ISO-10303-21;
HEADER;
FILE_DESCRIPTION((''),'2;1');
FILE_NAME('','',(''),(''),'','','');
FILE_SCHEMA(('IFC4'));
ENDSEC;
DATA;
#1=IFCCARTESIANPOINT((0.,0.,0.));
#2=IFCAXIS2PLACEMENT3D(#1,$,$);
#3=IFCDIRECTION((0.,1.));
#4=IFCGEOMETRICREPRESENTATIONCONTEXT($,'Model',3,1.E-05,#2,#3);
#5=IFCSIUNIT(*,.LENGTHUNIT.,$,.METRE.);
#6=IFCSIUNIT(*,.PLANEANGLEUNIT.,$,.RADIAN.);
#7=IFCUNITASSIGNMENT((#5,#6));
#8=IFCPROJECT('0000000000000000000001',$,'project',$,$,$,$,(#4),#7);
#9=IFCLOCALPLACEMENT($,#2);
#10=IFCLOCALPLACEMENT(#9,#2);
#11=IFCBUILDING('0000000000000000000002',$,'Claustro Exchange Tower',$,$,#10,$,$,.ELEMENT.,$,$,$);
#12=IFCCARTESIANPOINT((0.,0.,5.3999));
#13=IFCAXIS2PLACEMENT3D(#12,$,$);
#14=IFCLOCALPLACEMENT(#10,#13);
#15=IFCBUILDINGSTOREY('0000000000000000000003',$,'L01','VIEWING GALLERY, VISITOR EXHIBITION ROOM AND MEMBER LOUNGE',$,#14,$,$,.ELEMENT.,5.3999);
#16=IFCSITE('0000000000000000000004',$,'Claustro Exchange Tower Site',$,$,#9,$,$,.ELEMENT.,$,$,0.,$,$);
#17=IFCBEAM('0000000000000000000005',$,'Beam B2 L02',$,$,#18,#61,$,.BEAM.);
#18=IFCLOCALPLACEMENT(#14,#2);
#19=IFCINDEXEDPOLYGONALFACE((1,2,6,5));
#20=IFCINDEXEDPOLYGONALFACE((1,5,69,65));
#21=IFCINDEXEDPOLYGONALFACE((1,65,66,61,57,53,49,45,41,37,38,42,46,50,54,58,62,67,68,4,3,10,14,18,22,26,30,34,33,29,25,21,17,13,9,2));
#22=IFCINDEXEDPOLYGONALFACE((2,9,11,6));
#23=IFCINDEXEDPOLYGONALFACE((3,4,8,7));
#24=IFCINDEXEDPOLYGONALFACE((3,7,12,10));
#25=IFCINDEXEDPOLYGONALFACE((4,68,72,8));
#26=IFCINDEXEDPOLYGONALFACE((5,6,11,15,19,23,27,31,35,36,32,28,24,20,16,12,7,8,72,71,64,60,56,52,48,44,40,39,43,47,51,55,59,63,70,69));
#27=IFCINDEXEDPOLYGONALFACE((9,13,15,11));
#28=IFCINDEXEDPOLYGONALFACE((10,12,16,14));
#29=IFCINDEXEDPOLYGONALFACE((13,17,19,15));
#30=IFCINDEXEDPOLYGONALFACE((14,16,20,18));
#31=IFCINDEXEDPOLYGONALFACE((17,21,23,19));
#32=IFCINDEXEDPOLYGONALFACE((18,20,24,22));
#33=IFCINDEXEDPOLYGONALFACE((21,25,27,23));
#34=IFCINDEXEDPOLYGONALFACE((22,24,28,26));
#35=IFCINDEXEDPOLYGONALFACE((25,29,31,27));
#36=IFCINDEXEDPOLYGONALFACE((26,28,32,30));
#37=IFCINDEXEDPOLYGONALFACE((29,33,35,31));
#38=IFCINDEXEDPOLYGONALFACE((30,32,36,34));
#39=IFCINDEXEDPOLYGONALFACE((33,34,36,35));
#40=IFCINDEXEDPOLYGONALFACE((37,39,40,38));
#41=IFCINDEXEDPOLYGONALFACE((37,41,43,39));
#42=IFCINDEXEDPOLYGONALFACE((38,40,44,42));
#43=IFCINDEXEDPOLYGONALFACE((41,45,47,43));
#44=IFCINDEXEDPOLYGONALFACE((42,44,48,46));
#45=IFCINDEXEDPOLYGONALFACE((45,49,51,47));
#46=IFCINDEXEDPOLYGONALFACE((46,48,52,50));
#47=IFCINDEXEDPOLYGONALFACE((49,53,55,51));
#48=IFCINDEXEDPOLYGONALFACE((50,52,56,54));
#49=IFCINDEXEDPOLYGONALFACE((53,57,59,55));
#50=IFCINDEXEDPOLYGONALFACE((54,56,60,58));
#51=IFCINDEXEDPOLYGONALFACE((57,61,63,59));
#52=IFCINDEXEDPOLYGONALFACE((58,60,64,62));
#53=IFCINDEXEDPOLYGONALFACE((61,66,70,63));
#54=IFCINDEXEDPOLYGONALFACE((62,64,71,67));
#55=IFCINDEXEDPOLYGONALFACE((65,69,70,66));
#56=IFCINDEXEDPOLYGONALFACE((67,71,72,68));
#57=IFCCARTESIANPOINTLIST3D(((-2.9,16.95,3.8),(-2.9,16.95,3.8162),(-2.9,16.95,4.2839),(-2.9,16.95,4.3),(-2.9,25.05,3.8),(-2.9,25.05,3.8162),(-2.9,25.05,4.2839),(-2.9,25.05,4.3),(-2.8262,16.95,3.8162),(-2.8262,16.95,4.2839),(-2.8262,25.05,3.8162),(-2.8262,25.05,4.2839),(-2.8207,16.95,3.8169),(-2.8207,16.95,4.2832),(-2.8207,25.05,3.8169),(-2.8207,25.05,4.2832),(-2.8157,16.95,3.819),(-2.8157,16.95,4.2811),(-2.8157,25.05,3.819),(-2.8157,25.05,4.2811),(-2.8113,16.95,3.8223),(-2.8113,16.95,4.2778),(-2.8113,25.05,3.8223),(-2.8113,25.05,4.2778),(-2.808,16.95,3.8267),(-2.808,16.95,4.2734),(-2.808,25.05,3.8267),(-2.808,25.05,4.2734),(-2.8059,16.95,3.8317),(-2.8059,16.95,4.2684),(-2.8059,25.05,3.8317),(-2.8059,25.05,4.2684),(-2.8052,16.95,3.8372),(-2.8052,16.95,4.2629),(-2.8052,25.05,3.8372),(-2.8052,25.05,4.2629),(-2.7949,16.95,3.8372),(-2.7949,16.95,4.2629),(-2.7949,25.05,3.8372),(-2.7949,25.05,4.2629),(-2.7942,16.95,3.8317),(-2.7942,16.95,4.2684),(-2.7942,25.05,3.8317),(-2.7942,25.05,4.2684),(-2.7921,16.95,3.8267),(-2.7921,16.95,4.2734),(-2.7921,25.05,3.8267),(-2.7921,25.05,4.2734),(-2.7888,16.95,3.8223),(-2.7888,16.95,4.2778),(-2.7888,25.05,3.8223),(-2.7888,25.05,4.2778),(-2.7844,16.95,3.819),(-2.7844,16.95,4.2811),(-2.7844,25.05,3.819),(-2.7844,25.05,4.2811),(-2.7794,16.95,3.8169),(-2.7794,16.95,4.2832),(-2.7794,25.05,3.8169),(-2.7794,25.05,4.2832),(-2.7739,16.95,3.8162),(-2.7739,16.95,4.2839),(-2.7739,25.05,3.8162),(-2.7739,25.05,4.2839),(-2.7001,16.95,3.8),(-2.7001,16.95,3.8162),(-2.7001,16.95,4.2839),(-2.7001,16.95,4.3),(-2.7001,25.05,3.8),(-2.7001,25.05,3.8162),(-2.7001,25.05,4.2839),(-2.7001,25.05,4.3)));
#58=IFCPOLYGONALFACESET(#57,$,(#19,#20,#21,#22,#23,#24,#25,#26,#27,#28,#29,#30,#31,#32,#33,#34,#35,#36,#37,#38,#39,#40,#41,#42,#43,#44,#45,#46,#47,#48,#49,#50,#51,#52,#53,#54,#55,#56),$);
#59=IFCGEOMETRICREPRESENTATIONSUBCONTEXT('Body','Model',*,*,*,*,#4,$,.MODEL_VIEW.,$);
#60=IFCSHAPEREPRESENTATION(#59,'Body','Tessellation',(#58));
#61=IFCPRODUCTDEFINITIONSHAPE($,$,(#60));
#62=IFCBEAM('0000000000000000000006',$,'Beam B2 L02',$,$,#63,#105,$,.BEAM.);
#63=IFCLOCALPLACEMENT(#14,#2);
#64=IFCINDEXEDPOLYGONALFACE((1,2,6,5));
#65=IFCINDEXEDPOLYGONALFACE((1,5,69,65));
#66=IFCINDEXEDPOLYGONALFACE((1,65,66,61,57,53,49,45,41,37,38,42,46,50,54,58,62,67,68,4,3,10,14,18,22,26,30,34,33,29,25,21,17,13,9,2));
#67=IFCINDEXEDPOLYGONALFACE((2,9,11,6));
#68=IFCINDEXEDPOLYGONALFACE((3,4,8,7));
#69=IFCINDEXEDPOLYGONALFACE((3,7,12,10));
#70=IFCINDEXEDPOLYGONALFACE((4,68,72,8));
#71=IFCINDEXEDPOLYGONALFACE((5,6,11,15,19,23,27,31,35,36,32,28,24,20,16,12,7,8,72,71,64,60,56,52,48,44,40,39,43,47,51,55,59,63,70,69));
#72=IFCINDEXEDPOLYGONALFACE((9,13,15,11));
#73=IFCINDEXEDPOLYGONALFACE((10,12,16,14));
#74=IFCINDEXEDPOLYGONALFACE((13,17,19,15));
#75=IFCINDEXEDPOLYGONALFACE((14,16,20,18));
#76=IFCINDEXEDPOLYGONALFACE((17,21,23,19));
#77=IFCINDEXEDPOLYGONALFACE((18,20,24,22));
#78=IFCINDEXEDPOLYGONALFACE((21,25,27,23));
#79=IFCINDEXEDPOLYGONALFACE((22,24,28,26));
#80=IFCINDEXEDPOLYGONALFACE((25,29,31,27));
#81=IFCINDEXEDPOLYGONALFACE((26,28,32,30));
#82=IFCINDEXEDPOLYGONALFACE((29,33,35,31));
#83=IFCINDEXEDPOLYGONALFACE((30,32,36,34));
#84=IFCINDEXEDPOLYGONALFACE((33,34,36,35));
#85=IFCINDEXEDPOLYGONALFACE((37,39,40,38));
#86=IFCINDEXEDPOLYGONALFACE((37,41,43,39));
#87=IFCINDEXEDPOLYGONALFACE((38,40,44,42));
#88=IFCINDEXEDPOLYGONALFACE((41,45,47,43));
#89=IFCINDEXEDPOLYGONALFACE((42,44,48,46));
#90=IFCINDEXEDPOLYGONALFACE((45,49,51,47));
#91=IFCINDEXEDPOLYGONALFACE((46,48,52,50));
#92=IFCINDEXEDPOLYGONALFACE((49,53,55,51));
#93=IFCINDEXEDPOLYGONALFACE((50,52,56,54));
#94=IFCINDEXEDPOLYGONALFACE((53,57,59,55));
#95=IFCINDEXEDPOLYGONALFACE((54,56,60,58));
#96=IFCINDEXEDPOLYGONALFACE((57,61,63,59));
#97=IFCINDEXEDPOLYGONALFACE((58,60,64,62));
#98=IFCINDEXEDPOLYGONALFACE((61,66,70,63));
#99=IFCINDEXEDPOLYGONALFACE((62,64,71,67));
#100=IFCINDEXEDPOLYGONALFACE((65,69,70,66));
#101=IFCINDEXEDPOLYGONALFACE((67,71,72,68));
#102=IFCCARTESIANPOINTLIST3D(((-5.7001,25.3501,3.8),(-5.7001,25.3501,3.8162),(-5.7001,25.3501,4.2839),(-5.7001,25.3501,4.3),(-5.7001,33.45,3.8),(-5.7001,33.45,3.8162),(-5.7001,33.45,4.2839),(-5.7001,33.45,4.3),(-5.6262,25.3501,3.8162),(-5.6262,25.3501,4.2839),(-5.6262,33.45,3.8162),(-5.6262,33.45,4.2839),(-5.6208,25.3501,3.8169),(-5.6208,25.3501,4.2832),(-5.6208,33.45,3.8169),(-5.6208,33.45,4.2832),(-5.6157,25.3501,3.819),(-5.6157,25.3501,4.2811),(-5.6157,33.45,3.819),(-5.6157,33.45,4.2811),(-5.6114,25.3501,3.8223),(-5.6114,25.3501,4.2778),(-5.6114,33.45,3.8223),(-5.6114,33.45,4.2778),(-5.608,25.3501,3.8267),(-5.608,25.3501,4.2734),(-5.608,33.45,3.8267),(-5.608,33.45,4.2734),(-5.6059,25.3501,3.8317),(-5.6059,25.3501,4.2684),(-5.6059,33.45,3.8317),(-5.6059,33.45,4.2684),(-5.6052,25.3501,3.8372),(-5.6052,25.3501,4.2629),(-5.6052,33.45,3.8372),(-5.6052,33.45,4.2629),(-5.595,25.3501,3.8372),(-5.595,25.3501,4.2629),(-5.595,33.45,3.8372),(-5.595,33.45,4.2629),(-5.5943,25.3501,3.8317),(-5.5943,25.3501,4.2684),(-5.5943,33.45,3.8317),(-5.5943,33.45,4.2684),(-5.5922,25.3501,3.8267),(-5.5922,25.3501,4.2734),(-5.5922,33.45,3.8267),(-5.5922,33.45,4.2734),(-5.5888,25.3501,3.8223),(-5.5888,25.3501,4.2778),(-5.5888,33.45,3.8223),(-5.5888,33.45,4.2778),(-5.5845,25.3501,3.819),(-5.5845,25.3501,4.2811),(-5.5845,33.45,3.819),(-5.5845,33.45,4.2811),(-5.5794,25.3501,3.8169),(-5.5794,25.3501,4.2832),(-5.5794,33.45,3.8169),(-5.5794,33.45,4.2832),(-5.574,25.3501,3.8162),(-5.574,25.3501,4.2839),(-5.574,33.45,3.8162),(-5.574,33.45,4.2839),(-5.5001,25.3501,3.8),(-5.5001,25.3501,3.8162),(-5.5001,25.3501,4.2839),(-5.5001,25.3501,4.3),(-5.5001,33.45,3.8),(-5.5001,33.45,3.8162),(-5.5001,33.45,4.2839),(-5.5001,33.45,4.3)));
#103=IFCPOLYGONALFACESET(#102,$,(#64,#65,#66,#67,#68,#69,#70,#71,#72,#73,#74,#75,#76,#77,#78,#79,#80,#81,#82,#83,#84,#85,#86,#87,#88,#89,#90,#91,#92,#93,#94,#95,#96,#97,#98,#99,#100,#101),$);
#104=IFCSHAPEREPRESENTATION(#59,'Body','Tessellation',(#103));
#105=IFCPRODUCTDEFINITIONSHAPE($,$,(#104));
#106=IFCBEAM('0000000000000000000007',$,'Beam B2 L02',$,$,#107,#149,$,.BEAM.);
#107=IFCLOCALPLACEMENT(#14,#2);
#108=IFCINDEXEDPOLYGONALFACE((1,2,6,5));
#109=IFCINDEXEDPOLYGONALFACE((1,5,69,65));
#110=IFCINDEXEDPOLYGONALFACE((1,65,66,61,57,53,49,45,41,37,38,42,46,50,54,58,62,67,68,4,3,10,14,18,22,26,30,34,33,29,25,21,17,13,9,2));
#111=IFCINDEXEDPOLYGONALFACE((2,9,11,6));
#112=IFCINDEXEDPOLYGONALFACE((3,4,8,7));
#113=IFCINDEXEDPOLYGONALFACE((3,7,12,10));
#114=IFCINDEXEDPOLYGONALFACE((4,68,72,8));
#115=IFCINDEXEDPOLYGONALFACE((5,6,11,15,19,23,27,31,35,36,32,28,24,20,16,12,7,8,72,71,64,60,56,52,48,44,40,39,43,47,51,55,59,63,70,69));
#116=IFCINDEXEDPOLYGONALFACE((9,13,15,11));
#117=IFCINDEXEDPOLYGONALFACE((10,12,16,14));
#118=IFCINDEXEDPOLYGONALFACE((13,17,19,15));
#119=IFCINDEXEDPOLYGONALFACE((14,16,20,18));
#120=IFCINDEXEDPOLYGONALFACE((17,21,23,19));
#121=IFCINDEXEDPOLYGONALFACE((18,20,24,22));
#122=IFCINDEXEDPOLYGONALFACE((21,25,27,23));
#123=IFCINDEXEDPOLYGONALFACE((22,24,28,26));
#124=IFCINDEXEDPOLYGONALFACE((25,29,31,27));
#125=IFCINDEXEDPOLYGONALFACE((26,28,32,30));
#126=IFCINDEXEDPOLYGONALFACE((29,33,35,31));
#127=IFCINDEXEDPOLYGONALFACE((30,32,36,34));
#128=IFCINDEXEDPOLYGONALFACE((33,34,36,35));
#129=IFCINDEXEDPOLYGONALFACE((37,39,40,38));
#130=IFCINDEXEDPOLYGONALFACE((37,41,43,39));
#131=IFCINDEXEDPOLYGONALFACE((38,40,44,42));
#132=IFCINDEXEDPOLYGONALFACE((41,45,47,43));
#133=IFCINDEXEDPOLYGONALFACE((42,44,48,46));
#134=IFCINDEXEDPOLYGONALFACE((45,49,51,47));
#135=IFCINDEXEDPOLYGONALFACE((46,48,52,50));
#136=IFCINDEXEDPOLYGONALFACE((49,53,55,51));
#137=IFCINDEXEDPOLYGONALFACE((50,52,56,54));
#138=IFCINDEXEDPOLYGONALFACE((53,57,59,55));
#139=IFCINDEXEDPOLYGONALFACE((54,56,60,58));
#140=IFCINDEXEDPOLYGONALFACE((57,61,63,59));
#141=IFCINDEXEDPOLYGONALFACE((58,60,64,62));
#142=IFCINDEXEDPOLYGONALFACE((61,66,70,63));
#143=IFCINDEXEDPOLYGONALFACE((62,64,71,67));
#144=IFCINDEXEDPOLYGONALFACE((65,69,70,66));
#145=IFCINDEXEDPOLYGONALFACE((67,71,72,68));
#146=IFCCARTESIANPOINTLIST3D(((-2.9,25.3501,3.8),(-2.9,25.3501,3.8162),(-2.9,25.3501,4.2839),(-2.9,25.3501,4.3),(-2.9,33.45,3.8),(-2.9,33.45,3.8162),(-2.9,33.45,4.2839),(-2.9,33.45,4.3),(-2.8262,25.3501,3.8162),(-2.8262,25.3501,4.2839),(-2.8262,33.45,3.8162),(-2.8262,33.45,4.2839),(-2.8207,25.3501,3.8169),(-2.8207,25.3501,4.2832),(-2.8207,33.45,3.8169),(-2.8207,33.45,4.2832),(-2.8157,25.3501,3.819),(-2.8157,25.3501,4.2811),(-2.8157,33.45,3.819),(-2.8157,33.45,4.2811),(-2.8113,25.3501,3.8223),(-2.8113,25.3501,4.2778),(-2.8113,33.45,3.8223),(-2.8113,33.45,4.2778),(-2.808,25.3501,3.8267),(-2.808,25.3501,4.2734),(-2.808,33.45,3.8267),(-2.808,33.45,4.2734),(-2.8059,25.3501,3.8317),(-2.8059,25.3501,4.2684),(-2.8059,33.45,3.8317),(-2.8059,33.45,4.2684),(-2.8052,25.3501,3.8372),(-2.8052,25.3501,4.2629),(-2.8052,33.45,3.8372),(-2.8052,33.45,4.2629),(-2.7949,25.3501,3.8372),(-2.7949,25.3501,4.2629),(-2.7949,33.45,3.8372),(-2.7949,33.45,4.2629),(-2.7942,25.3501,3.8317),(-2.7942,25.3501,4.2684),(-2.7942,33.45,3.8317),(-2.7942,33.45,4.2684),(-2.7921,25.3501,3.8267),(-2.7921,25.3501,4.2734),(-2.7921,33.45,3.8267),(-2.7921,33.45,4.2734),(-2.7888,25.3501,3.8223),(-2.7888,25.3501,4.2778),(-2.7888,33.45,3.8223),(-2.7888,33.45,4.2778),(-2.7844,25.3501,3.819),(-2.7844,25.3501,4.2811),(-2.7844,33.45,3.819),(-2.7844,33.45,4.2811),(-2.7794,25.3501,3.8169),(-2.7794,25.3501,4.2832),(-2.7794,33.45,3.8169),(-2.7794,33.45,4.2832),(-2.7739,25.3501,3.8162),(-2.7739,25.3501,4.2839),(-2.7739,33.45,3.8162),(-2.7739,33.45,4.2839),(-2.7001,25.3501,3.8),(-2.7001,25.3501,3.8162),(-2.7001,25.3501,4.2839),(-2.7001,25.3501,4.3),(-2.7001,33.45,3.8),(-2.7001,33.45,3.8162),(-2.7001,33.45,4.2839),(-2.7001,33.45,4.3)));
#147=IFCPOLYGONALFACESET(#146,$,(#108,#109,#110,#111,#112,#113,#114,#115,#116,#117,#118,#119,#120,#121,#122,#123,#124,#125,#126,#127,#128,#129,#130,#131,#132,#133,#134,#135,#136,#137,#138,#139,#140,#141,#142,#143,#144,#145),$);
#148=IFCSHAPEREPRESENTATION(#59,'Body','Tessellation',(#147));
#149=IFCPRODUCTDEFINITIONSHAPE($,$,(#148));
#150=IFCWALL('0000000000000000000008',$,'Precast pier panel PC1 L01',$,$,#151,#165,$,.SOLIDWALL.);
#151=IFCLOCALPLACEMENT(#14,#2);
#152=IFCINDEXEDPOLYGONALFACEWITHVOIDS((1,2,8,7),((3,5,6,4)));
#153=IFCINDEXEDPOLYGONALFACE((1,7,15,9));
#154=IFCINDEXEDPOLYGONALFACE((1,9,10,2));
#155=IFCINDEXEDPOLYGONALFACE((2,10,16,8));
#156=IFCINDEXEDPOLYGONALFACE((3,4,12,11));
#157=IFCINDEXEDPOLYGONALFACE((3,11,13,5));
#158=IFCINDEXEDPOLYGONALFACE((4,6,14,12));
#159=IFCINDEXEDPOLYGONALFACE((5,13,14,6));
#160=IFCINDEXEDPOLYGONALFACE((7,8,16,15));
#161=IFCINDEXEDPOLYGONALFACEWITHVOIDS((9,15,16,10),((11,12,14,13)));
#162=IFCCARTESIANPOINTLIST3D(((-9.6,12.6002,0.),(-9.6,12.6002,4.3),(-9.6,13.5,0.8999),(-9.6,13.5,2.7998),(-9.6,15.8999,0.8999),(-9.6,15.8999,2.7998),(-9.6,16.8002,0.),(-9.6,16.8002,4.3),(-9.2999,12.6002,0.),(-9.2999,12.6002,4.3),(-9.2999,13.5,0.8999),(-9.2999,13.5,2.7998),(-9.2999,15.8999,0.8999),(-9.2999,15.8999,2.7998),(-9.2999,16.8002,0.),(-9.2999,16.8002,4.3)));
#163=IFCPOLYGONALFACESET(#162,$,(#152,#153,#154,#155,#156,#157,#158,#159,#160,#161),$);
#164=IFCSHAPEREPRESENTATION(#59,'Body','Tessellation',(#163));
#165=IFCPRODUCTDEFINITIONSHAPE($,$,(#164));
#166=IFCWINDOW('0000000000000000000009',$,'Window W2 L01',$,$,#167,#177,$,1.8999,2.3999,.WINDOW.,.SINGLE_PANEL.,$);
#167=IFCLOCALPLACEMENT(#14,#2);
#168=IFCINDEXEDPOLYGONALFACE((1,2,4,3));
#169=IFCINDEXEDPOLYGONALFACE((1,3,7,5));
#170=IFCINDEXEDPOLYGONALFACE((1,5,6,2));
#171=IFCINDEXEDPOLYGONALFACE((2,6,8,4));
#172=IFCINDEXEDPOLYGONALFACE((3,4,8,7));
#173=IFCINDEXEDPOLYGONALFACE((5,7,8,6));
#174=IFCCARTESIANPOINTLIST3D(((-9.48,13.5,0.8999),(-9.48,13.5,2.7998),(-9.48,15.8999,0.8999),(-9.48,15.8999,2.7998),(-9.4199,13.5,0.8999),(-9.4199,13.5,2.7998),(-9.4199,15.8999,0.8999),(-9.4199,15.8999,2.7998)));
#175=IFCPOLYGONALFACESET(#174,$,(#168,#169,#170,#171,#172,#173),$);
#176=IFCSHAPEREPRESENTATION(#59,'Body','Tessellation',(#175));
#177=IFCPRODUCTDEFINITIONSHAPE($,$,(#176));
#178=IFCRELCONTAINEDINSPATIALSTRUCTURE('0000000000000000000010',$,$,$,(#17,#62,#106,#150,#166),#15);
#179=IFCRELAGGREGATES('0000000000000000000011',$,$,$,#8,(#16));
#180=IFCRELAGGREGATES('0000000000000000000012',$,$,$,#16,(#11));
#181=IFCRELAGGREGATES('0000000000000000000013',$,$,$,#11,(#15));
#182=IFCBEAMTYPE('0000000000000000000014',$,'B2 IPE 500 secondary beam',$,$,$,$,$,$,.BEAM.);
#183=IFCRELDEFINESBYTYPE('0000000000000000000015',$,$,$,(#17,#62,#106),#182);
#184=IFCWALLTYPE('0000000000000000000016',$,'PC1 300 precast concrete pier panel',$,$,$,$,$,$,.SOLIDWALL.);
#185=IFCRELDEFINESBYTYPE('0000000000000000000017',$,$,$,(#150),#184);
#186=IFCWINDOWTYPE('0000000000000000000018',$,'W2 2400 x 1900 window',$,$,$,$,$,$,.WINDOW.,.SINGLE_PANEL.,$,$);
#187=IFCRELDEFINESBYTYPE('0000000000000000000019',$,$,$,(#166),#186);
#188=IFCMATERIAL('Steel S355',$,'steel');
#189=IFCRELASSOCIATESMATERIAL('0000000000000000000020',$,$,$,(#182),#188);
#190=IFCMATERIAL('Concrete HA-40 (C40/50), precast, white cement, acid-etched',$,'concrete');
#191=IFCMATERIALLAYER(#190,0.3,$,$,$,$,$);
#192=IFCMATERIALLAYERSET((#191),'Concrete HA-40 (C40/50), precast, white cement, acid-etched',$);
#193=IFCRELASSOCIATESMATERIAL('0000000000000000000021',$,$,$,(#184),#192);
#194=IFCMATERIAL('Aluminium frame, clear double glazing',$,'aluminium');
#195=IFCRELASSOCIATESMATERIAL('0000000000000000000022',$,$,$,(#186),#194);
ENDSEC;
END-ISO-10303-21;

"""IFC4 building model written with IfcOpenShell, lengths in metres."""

from ifc_helpers import new_model, si_unit, direction, frame, frame_2d, origin, origin_2d, place, context, subcontext, project, spatial, rectangle, i_section, extrude, material, layer, layer_set, material_profile, profile_set, type_object, element, fill, save


model = new_model("IFC4")

# Units and contexts
model_context = context("Model", 3, precision=1e-05, world=origin(), true_north=direction((0.0, 1.0)))
body_context = subcontext(model_context, "Body", "Model", "MODEL_VIEW")
ifc_project = project(units=[si_unit("LENGTHUNIT", "METRE"), si_unit("PLANEANGLEUNIT", "RADIAN")], contexts=[model_context])

# Site, building, storey
site_placement = place(None, origin())
site = spatial("IfcSite", under=ifc_project, at=site_placement, Name="Claustro Exchange Tower Site", CompositionType="ELEMENT", RefElevation=0.0)
building_placement = place(site_placement, origin())
building = spatial("IfcBuilding", under=site, at=building_placement, Name="Claustro Exchange Tower", CompositionType="ELEMENT")
storey_placement = place(building_placement, frame((0.0, 0.0, 5.3999)))
storey = spatial("IfcBuildingStorey", under=building, at=storey_placement, Name="L01", Description="VIEWING GALLERY, VISITOR EXHIBITION ROOM AND MEMBER LOUNGE", CompositionType="ELEMENT", Elevation=5.3999)

# Beams
ifc_material_1 = material(Name="Steel S355", Category="steel")
ifc_material_profile_1 = material_profile(ifc_material_1, i_section(OverallWidth=0.2, OverallDepth=0.5, WebThickness=0.0103, FlangeThickness=0.0161, FilletRadius=0.021, at=origin_2d()), Name="IPE 500")
ifc_profile_set_1 = profile_set([ifc_material_profile_1], Name="Steel S355")
beam_type_1 = type_object("IfcBeamType", Name="B2 IPE 500 secondary beam", PredefinedType="BEAM", material=ifc_profile_set_1)
for number, where, z_axis, x_axis, name in (
    (1, (-2.8, 16.95, 4.05), (0.0, 1.0, 0.0), (-1.0, 0.0, 0.0), "Beam B2 L02"),
):
    element("IfcBeam", number, at=place(storey_placement, frame(where, z_axis=z_axis, x_axis=x_axis)), inside=storey, type_object=beam_type_1, Name=name, PredefinedType="BEAM", context=body_context, shape_type="SweptSolid", body=[
        extrude(i_section(OverallWidth=0.2, OverallDepth=0.5, WebThickness=0.0103, FlangeThickness=0.0161, FilletRadius=0.021, at=origin_2d()), origin(), (0.0, 0.0, 1.0), 8.1001),
    ])
for number, where, z_axis, x_axis, name in (
    (2, (-5.6001, 25.3501, 4.05), (0.0, 1.0, 0.0), (-1.0, 0.0, 0.0), "Beam B2 L02"),
    (3, (-2.8, 25.3501, 4.05), (0.0, 1.0, 0.0), (-1.0, 0.0, 0.0), "Beam B2 L02"),
):
    element("IfcBeam", number, at=place(storey_placement, frame(where, z_axis=z_axis, x_axis=x_axis)), inside=storey, type_object=beam_type_1, Name=name, PredefinedType="BEAM", context=body_context, shape_type="SweptSolid", body=[
        extrude(i_section(OverallWidth=0.2, OverallDepth=0.5, WebThickness=0.0103, FlangeThickness=0.0161, FilletRadius=0.021, at=origin_2d()), origin(), (0.0, 0.0, 1.0), 8.0999),
    ])

# Wall, opening, window
ifc_material_2 = material(Name="Concrete HA-40 (C40/50), precast, white cement, acid-etched", Category="concrete")
ifc_layer_1 = layer(ifc_material_2, 0.3)
ifc_layer_set_1 = layer_set([ifc_layer_1], Name="Concrete HA-40 (C40/50), precast, white cement, acid-etched")
wall_type_1 = type_object("IfcWallType", Name="PC1 300 precast concrete pier panel", PredefinedType="SOLIDWALL", material=ifc_layer_set_1)
wall_1_placement = place(storey_placement, frame((-9.45, 12.6001, 0.0), z_axis=(0.0, 0.0, 1.0), x_axis=(0.0, 1.0, 0.0)))
wall_1 = element("IfcWall", 4, at=wall_1_placement, inside=storey, type_object=wall_type_1, Name="Precast pier panel PC1 L01", PredefinedType="SOLIDWALL", context=body_context, shape_type="SweptSolid", body=[
    extrude(rectangle(XDim=4.2, YDim=0.3, at=frame_2d((2.1001, 0.0))), origin(), (0.0, 0.0, 1.0), 4.3),
])
opening_1_placement = place(wall_1_placement, frame((0.8999, 0.0, 0.8999)))
opening_1 = element("IfcOpeningElement", 5, at=opening_1_placement, cuts=wall_1, PredefinedType="OPENING", context=body_context, shape_type="SweptSolid", body=[
    extrude(rectangle(XDim=2.3999, YDim=1.8999, at=frame_2d((1.2, 0.95))), frame((0.0, 0.1599, 0.0), z_axis=(0.0, -1.0, 0.0), x_axis=(1.0, 0.0, 0.0)), (0.0, 0.0, 1.0), 0.3201),
])
ifc_material_3 = material(Name="Aluminium frame, clear double glazing", Category="aluminium")
window_type_1 = type_object("IfcWindowType", Name="W2 2400 x 1900 window", PartitioningType="SINGLE_PANEL", PredefinedType="WINDOW", material=ifc_material_3)
window_1_placement = place(opening_1_placement, origin())
window_1 = element("IfcWindow", 6, at=window_1_placement, inside=storey, type_object=window_type_1, Name="Window W2 L01", OverallHeight=1.8999, OverallWidth=2.3999, PartitioningType="SINGLE_PANEL", PredefinedType="WINDOW", context=body_context, shape_type="SweptSolid", body=[
    extrude(rectangle(XDim=2.3999, YDim=1.8999, at=frame_2d((1.2, 0.95))), frame((0.0, 0.03, 0.0), z_axis=(0.0, -1.0, 0.0), x_axis=(1.0, 0.0, 0.0)), (0.0, 0.0, 1.0), 0.0601),
])
fill(opening_1, window_1)

save(model, "model.ifc")
